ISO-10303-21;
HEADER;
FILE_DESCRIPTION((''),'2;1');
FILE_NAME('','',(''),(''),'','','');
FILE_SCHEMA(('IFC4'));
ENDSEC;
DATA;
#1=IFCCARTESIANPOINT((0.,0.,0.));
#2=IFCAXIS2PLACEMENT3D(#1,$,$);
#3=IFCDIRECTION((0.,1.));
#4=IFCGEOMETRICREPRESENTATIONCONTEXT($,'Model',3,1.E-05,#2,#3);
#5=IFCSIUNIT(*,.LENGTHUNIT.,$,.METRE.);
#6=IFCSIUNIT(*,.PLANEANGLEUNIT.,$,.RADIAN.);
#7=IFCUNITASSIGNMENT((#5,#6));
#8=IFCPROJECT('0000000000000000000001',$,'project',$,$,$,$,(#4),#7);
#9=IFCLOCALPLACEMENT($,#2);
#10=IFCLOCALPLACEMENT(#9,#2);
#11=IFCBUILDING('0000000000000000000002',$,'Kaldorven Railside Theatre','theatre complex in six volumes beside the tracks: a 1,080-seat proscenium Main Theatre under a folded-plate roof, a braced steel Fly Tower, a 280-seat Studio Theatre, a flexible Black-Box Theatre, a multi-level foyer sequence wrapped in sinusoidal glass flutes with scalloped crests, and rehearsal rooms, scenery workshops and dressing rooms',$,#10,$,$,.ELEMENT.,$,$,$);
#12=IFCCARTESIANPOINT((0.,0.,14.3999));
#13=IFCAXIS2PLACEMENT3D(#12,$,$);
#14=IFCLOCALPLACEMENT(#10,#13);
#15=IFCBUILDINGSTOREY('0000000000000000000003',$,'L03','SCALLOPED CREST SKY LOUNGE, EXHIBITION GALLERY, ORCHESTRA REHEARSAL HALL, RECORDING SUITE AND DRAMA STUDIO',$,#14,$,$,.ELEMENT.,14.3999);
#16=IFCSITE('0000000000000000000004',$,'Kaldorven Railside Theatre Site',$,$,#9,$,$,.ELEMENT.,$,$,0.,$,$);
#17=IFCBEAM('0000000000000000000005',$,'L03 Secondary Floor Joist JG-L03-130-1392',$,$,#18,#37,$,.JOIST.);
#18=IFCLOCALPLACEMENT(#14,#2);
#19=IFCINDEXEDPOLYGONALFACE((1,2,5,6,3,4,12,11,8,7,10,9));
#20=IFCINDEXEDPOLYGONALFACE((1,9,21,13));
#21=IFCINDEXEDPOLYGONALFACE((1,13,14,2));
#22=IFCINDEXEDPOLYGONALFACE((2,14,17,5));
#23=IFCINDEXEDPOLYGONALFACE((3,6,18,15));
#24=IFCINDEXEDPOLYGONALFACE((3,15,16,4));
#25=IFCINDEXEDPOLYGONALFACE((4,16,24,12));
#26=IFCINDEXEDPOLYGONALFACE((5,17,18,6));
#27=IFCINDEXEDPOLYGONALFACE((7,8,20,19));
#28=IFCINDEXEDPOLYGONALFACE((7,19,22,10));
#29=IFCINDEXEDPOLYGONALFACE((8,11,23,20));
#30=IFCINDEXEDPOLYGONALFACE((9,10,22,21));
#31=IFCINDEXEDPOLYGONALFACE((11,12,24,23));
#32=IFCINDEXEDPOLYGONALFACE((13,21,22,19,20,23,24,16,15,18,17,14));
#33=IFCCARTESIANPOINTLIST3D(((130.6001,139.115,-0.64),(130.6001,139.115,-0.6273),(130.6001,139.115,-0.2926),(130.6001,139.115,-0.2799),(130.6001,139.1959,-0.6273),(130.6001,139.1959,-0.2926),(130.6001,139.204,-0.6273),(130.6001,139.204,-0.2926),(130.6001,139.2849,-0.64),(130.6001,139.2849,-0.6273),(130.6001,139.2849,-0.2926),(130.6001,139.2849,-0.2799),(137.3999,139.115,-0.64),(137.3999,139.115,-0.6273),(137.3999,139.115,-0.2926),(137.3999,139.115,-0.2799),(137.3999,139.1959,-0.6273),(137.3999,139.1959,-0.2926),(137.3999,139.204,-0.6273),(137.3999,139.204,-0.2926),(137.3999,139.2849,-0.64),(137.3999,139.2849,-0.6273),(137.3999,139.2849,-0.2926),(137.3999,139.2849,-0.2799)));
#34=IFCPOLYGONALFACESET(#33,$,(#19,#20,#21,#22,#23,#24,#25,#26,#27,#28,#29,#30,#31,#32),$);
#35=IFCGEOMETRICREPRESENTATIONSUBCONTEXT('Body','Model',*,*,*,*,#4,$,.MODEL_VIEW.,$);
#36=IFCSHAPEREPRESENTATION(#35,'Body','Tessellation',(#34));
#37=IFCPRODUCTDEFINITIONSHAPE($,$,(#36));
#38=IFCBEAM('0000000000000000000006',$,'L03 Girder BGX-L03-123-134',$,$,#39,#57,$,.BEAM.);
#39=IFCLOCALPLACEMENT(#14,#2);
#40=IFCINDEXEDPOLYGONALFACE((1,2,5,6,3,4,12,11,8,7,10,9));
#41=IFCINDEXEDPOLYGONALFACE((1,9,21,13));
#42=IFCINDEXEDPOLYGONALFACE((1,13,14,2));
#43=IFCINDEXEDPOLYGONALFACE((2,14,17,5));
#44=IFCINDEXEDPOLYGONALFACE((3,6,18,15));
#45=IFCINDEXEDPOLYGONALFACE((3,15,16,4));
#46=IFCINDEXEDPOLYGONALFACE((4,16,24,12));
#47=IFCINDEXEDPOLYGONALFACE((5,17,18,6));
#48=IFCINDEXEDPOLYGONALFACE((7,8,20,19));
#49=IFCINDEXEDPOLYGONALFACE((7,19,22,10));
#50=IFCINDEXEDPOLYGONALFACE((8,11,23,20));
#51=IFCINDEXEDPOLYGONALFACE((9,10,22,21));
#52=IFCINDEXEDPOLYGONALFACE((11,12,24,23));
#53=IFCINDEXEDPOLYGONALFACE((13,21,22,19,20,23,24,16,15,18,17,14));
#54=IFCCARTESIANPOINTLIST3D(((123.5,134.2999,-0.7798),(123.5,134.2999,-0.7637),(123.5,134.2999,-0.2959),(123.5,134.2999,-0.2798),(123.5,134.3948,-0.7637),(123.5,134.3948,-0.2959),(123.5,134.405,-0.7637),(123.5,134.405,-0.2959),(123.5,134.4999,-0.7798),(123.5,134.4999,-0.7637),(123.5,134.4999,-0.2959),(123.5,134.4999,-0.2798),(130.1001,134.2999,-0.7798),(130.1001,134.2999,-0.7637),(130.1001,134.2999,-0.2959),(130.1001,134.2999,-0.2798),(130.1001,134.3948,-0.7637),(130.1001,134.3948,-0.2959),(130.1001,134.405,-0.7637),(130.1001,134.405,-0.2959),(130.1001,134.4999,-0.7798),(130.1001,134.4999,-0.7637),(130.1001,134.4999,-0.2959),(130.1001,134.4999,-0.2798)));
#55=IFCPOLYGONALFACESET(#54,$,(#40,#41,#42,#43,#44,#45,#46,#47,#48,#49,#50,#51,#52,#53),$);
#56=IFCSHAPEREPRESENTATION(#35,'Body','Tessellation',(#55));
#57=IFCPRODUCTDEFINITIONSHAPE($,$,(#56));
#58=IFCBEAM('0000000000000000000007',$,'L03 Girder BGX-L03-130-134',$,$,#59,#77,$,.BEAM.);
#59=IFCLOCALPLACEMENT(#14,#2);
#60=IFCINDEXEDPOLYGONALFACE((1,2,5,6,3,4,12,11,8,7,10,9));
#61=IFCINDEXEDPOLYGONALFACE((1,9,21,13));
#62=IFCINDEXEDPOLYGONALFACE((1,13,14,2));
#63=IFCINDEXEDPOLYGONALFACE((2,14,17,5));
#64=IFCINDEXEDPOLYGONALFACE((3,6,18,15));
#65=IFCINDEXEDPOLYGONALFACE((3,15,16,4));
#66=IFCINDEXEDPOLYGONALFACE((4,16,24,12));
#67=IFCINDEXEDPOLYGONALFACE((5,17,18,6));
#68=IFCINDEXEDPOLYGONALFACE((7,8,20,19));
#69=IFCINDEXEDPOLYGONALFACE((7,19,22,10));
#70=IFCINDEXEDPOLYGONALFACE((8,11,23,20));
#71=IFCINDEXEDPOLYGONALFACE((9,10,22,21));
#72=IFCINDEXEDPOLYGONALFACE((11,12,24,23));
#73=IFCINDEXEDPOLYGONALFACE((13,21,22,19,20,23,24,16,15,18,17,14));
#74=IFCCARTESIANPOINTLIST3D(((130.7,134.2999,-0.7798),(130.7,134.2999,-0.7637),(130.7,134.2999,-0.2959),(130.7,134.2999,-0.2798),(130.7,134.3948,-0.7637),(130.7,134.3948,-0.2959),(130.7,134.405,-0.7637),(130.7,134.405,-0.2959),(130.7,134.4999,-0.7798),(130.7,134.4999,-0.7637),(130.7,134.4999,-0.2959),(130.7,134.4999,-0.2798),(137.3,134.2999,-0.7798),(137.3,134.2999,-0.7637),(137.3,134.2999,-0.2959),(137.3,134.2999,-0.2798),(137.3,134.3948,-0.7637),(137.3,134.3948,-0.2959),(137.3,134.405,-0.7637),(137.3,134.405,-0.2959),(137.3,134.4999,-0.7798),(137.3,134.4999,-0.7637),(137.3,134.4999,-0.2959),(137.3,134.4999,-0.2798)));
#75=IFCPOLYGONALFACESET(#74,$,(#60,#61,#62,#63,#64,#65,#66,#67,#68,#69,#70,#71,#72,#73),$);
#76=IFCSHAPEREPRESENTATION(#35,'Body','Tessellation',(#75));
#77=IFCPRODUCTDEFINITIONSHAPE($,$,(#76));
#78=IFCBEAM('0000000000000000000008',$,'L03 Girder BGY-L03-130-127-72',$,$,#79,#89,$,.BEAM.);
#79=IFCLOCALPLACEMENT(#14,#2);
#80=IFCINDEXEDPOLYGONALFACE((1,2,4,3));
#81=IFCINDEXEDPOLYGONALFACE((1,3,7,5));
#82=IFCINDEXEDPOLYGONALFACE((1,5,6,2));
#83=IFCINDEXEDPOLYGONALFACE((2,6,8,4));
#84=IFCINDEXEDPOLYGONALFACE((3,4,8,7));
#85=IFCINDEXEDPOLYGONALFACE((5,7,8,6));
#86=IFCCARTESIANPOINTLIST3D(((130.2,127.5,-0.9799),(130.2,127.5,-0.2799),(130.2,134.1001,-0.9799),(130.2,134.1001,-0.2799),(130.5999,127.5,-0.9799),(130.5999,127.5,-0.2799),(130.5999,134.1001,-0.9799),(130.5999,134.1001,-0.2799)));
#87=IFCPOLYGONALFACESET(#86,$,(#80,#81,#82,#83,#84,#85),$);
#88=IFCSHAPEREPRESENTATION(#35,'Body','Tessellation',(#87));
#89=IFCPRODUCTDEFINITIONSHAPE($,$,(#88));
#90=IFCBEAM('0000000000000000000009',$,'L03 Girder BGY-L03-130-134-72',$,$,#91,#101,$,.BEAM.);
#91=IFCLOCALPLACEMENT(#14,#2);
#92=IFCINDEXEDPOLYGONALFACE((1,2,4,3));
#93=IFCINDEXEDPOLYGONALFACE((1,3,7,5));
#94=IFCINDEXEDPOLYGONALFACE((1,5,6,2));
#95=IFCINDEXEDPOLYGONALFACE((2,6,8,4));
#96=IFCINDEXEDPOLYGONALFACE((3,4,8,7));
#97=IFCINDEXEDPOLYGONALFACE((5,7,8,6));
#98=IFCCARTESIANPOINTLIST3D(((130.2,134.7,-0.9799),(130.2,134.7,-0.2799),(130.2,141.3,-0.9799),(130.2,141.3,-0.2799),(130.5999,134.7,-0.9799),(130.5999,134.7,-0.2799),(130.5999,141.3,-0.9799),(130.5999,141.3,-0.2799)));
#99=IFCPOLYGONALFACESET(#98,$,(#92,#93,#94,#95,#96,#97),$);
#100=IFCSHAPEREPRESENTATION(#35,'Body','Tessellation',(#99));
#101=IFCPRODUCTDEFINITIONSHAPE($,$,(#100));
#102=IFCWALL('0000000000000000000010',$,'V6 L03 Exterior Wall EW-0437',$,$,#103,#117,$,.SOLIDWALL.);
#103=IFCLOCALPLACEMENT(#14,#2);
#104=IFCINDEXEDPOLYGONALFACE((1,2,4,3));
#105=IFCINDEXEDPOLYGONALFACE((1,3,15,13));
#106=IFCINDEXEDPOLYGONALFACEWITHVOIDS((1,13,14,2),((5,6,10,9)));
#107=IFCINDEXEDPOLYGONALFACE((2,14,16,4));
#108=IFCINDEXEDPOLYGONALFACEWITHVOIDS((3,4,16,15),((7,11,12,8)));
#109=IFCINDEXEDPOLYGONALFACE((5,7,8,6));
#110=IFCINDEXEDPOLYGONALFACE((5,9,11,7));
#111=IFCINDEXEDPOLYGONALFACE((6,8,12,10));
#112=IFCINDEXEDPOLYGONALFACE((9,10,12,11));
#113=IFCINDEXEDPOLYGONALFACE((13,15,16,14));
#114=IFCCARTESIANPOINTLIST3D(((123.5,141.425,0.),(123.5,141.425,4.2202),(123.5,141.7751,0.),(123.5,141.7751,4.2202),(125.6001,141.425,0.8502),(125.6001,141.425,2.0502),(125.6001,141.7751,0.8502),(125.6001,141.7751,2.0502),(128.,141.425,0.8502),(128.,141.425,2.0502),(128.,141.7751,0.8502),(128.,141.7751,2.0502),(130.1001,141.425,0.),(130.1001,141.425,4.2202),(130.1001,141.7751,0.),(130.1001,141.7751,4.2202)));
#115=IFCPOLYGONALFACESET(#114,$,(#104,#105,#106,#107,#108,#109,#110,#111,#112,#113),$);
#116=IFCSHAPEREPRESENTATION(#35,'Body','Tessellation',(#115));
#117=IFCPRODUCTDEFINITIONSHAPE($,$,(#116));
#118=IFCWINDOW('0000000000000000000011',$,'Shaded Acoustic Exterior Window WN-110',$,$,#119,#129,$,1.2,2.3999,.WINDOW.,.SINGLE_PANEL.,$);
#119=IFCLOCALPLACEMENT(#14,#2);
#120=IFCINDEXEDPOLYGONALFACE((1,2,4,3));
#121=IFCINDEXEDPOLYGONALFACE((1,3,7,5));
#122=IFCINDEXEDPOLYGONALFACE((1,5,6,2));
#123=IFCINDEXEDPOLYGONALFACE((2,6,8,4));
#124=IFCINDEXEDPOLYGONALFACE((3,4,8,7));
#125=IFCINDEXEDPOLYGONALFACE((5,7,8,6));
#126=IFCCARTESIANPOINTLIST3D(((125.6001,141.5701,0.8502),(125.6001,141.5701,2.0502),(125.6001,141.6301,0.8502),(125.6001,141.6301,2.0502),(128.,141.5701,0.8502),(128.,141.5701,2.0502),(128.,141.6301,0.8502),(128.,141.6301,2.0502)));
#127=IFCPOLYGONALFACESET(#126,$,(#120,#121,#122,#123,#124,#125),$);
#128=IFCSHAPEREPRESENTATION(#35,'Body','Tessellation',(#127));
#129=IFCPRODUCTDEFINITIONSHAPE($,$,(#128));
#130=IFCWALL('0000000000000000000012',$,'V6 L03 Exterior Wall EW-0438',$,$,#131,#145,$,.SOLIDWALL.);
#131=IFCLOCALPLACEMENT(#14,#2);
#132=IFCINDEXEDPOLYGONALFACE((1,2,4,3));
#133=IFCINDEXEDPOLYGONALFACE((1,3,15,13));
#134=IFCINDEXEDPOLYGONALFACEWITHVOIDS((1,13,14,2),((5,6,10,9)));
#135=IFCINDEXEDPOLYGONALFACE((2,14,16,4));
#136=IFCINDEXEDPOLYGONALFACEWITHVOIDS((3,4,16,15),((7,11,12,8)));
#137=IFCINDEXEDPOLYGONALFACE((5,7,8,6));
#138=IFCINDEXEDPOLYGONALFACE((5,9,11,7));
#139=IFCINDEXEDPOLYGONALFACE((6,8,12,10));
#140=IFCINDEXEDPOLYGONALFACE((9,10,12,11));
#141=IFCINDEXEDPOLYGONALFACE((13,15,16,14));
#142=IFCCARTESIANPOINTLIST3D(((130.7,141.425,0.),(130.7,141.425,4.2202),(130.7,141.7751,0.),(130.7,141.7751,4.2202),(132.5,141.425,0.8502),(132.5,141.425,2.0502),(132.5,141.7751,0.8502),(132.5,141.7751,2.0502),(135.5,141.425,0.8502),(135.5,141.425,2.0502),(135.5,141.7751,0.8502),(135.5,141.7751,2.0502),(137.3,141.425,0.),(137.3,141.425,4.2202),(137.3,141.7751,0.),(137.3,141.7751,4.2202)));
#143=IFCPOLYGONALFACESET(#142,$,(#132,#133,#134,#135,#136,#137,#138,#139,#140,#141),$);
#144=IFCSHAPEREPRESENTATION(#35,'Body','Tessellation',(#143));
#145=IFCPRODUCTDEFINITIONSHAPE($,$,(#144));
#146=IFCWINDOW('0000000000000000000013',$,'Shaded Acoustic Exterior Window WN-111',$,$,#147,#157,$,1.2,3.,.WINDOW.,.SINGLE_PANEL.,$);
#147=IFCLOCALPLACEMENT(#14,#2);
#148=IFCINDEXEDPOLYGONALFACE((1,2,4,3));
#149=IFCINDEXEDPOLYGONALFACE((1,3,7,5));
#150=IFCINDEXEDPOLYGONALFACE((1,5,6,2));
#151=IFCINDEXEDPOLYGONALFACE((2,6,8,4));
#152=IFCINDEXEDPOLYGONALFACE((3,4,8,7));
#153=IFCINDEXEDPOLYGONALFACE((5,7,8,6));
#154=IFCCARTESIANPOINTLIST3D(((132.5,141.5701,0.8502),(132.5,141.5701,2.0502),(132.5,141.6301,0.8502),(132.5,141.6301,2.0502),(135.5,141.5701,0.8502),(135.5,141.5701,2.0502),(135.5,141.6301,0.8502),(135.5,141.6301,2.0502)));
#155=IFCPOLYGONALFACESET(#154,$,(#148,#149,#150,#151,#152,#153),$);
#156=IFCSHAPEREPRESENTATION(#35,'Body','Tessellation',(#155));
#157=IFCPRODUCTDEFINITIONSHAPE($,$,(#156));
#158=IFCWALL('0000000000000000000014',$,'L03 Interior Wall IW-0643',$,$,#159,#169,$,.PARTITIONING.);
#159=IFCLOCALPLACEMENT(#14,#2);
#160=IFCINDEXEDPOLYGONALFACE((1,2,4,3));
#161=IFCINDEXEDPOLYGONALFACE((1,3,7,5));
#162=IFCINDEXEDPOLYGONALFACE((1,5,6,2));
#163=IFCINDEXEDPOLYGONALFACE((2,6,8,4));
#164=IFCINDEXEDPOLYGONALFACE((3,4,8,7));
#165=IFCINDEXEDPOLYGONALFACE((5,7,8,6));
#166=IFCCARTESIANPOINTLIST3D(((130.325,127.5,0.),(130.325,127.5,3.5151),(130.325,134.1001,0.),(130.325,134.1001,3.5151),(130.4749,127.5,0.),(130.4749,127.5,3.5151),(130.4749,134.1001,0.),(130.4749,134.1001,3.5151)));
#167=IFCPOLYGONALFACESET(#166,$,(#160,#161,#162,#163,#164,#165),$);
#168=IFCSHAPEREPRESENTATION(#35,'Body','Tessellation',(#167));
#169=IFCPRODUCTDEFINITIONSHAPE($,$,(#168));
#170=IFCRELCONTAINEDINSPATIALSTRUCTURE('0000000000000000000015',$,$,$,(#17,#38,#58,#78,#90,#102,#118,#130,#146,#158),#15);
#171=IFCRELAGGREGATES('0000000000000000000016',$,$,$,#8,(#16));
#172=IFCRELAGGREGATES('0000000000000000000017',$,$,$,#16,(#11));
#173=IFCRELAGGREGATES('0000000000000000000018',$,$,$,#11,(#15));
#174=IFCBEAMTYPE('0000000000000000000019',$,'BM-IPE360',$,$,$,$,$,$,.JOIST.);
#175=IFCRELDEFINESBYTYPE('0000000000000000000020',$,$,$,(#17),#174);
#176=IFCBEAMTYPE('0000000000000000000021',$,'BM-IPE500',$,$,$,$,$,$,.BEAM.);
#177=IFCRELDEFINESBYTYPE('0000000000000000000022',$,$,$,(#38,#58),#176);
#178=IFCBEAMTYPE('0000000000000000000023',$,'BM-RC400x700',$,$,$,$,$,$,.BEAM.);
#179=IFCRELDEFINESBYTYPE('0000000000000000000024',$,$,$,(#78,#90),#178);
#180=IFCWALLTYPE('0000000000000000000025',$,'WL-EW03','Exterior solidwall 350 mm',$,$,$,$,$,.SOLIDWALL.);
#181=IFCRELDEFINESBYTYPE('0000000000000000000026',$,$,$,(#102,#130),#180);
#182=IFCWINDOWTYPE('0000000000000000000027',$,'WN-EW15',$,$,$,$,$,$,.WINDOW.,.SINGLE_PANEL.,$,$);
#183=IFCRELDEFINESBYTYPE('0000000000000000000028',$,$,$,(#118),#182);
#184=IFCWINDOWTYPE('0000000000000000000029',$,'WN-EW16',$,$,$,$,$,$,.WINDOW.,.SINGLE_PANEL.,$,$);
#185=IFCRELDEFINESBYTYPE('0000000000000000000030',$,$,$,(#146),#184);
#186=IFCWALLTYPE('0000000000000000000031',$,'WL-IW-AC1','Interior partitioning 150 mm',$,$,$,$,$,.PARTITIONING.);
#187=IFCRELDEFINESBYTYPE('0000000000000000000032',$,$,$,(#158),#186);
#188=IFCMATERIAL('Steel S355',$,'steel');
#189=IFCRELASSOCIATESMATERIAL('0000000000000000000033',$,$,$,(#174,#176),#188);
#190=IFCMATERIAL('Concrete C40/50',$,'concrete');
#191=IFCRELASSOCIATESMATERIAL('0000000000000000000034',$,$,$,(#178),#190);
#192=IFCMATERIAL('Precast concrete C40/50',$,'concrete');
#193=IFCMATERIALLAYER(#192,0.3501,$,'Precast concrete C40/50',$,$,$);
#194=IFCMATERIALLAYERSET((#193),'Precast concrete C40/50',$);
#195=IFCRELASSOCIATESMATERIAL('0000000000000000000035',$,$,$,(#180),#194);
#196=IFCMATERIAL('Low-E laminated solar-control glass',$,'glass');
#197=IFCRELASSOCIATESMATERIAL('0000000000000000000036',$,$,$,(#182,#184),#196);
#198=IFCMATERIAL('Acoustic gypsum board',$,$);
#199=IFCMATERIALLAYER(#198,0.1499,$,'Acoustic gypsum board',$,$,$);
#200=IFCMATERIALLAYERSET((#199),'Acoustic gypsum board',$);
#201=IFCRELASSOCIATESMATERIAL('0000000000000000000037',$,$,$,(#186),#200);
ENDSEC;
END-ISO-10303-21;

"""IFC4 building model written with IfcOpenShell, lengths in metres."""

from ifc_helpers import new_model, si_unit, direction, frame, frame_2d, origin, origin_2d, place, context, subcontext, project, spatial, rectangle, i_section, extrude, material, layer, layer_set, material_profile, profile_set, type_object, element, fill, save


model = new_model("IFC4")

# Units and contexts
model_context = context("Model", 3, precision=1e-05, world=origin(), true_north=direction((0.0, 1.0)))
body_context = subcontext(model_context, "Body", "Model", "MODEL_VIEW")
ifc_project = project(units=[si_unit("LENGTHUNIT", "METRE"), si_unit("PLANEANGLEUNIT", "RADIAN")], contexts=[model_context])

# Site, building, storey
site_placement = place(None, origin())
site = spatial("IfcSite", under=ifc_project, at=site_placement, Name="Kaldorven Railside Theatre Site", CompositionType="ELEMENT", RefElevation=0.0)
building_placement = place(site_placement, origin())
building = spatial("IfcBuilding", under=site, at=building_placement, Name="Kaldorven Railside Theatre", Description="theatre complex in six volumes beside the tracks: a 1,080-seat proscenium Main Theatre under a folded-plate roof, a braced steel Fly Tower, a 280-seat Studio Theatre, a flexible Black-Box Theatre, a multi-level foyer sequence wrapped in sinusoidal glass flutes with scalloped crests, and rehearsal rooms, scenery workshops and dressing rooms", CompositionType="ELEMENT")
storey_placement = place(building_placement, frame((0.0, 0.0, 14.3999)))
storey = spatial("IfcBuildingStorey", under=building, at=storey_placement, Name="L03", Description="SCALLOPED CREST SKY LOUNGE, EXHIBITION GALLERY, ORCHESTRA REHEARSAL HALL, RECORDING SUITE AND DRAMA STUDIO", CompositionType="ELEMENT", Elevation=14.3999)

# Shared definitions
ifc_material_1 = material(Name="Concrete C40/50", Category="concrete")

# Beams
ifc_material_2 = material(Name="Steel S355", Category="steel")
ifc_material_profile_1 = material_profile(ifc_material_2, i_section(OverallWidth=0.1699, OverallDepth=0.3601, WebThickness=0.0081, FlangeThickness=0.0127, at=origin_2d()), Name="IPE 360")
ifc_profile_set_1 = profile_set([ifc_material_profile_1], Name="Steel S355")
beam_type_1 = type_object("IfcBeamType", Name="BM-IPE360", PredefinedType="JOIST", material=ifc_profile_set_1)
for number, where, z_axis, x_axis, name in (
    (1, (130.6001, 139.2, -0.46), (1.0, 0.0, 0.0), (0.0, 1.0, 0.0), "L03 Secondary Floor Joist JG-L03-130-1392"),
):
    element("IfcBeam", number, at=place(storey_placement, frame(where, z_axis=z_axis, x_axis=x_axis)), inside=storey, type_object=beam_type_1, Name=name, PredefinedType="JOIST", context=body_context, shape_type="SweptSolid", body=[
        extrude(i_section(OverallWidth=0.1699, OverallDepth=0.3601, WebThickness=0.0081, FlangeThickness=0.0127, at=origin_2d()), origin(), (0.0, 0.0, 1.0), 6.7998),
    ])
ifc_material_profile_2 = material_profile(ifc_material_2, i_section(OverallWidth=0.2, OverallDepth=0.5, WebThickness=0.0103, FlangeThickness=0.0161, at=origin_2d()), Name="IPE 500")
ifc_profile_set_2 = profile_set([ifc_material_profile_2], Name="Steel S355")
beam_type_2 = type_object("IfcBeamType", Name="BM-IPE500", PredefinedType="BEAM", material=ifc_profile_set_2)
for number, where, z_axis, x_axis, name in (
    (2, (123.5, 134.3999, -0.5298), (1.0, 0.0, 0.0), (0.0, 1.0, 0.0), "L03 Girder BGX-L03-123-134"),
    (3, (130.7, 134.3999, -0.5298), (1.0, 0.0, 0.0), (0.0, 1.0, 0.0), "L03 Girder BGX-L03-130-134"),
):
    element("IfcBeam", number, at=place(storey_placement, frame(where, z_axis=z_axis, x_axis=x_axis)), inside=storey, type_object=beam_type_2, Name=name, PredefinedType="BEAM", context=body_context, shape_type="SweptSolid", body=[
        extrude(i_section(OverallWidth=0.2, OverallDepth=0.5, WebThickness=0.0103, FlangeThickness=0.0161, at=origin_2d()), origin(), (0.0, 0.0, 1.0), 6.6001),
    ])
ifc_material_profile_3 = material_profile(ifc_material_1, rectangle(XDim=0.3999, YDim=0.7, at=origin_2d()), Name="RC 400x700")
ifc_profile_set_3 = profile_set([ifc_material_profile_3], Name="Concrete C40/50")
beam_type_3 = type_object("IfcBeamType", Name="BM-RC400x700", PredefinedType="BEAM", material=ifc_profile_set_3)
for number, where, z_axis, x_axis, name in (
    (4, (130.3999, 127.5, -0.6299), (0.0, 1.0, 0.0), (-1.0, 0.0, 0.0), "L03 Girder BGY-L03-130-127-72"),
    (5, (130.3999, 134.7, -0.6299), (0.0, 1.0, 0.0), (-1.0, 0.0, 0.0), "L03 Girder BGY-L03-130-134-72"),
):
    element("IfcBeam", number, at=place(storey_placement, frame(where, z_axis=z_axis, x_axis=x_axis)), inside=storey, type_object=beam_type_3, Name=name, PredefinedType="BEAM", context=body_context, shape_type="SweptSolid", body=[
        extrude(rectangle(XDim=0.3999, YDim=0.7, at=origin_2d()), origin(), (0.0, 0.0, 1.0), 6.6001),
    ])

# Walls, openings, windows
ifc_material_3 = material(Name="Precast concrete C40/50", Category="concrete")
ifc_layer_1 = layer(ifc_material_3, 0.3501, Name="Precast concrete C40/50")
ifc_layer_set_1 = layer_set([ifc_layer_1], Name="Precast concrete C40/50")
wall_type_1 = type_object("IfcWallType", Name="WL-EW03", Description="Exterior solidwall 350 mm", PredefinedType="SOLIDWALL", material=ifc_layer_set_1)
wall_1_placement = place(storey_placement, frame((123.5, 141.6001, 0.0), z_axis=(0.0, 0.0, 1.0), x_axis=(1.0, 0.0, 0.0)))
wall_1 = element("IfcWall", 6, at=wall_1_placement, inside=storey, type_object=wall_type_1, Name="V6 L03 Exterior Wall EW-0437", PredefinedType="SOLIDWALL", context=body_context, shape_type="SweptSolid", body=[
    extrude(rectangle(XDim=6.6001, YDim=0.3501, at=frame_2d((3.3, 0.0))), origin(), (0.0, 0.0, 1.0), 4.2202),
])
opening_1_placement = place(wall_1_placement, frame((2.1001, 0.0, 0.8501)))
opening_1 = element("IfcOpeningElement", 7, at=opening_1_placement, cuts=wall_1, PredefinedType="OPENING", context=body_context, shape_type="SweptSolid", body=[
    extrude(rectangle(XDim=2.3999, YDim=1.2, at=frame_2d((1.2, 0.6001))), frame((0.0, 0.1851, 0.0), z_axis=(0.0, -1.0, 0.0), x_axis=(1.0, 0.0, 0.0)), (0.0, 0.0, 1.0), 0.3701),
])
ifc_material_4 = material(Name="Low-E laminated solar-control glass", Category="glass")
window_type_1 = type_object("IfcWindowType", Name="WN-EW15", PartitioningType="SINGLE_PANEL", PredefinedType="WINDOW", material=ifc_material_4)
window_1_placement = place(opening_1_placement, origin())
window_1 = element("IfcWindow", 8, at=window_1_placement, inside=storey, type_object=window_type_1, Name="Shaded Acoustic Exterior Window WN-110", OverallHeight=1.2, OverallWidth=2.3999, PartitioningType="SINGLE_PANEL", PredefinedType="WINDOW", context=body_context, shape_type="SweptSolid", body=[
    extrude(rectangle(XDim=2.3999, YDim=1.2, at=frame_2d((1.2, 0.6001))), frame((0.0, 0.03, 0.0), z_axis=(0.0, -1.0, 0.0), x_axis=(1.0, 0.0, 0.0)), (0.0, 0.0, 1.0), 0.0601),
])
fill(opening_1, window_1)
wall_2_placement = place(storey_placement, frame((130.7, 141.6001, 0.0), z_axis=(0.0, 0.0, 1.0), x_axis=(1.0, 0.0, 0.0)))
wall_2 = element("IfcWall", 9, at=wall_2_placement, inside=storey, type_object=wall_type_1, Name="V6 L03 Exterior Wall EW-0438", PredefinedType="SOLIDWALL", context=body_context, shape_type="SweptSolid", body=[
    extrude(rectangle(XDim=6.6001, YDim=0.3501, at=frame_2d((3.3, 0.0))), origin(), (0.0, 0.0, 1.0), 4.2202),
])
opening_2_placement = place(wall_2_placement, frame((1.8, 0.0, 0.8501)))
opening_2 = element("IfcOpeningElement", 10, at=opening_2_placement, cuts=wall_2, PredefinedType="OPENING", context=body_context, shape_type="SweptSolid", body=[
    extrude(rectangle(XDim=3.0, YDim=1.2, at=frame_2d((1.5, 0.6001))), frame((0.0, 0.1851, 0.0), z_axis=(0.0, -1.0, 0.0), x_axis=(1.0, 0.0, 0.0)), (0.0, 0.0, 1.0), 0.3701),
])
window_type_2 = type_object("IfcWindowType", Name="WN-EW16", PartitioningType="SINGLE_PANEL", PredefinedType="WINDOW", material=ifc_material_4)
window_2_placement = place(opening_2_placement, origin())
window_2 = element("IfcWindow", 11, at=window_2_placement, inside=storey, type_object=window_type_2, Name="Shaded Acoustic Exterior Window WN-111", OverallHeight=1.2, OverallWidth=3.0, PartitioningType="SINGLE_PANEL", PredefinedType="WINDOW", context=body_context, shape_type="SweptSolid", body=[
    extrude(rectangle(XDim=3.0, YDim=1.2, at=frame_2d((1.5, 0.6001))), frame((0.0, 0.03, 0.0), z_axis=(0.0, -1.0, 0.0), x_axis=(1.0, 0.0, 0.0)), (0.0, 0.0, 1.0), 0.0601),
])
fill(opening_2, window_2)

# Wall
ifc_material_5 = material(Name="Acoustic gypsum board")
ifc_layer_2 = layer(ifc_material_5, 0.1499, Name="Acoustic gypsum board")
ifc_layer_set_2 = layer_set([ifc_layer_2], Name="Acoustic gypsum board")
wall_type_2 = type_object("IfcWallType", Name="WL-IW-AC1", Description="Interior partitioning 150 mm", PredefinedType="PARTITIONING", material=ifc_layer_set_2)
wall_3_placement = place(storey_placement, frame((130.3999, 127.5, 0.0), z_axis=(0.0, 0.0, 1.0), x_axis=(0.0, 1.0, 0.0)))
element("IfcWall", 12, at=wall_3_placement, inside=storey, type_object=wall_type_2, Name="L03 Interior Wall IW-0643", PredefinedType="PARTITIONING", context=body_context, shape_type="SweptSolid", body=[
    extrude(rectangle(XDim=6.6001, YDim=0.1499, at=frame_2d((3.3, 0.0))), origin(), (0.0, 0.0, 1.0), 3.5151),
])

save(model, "model.ifc")
